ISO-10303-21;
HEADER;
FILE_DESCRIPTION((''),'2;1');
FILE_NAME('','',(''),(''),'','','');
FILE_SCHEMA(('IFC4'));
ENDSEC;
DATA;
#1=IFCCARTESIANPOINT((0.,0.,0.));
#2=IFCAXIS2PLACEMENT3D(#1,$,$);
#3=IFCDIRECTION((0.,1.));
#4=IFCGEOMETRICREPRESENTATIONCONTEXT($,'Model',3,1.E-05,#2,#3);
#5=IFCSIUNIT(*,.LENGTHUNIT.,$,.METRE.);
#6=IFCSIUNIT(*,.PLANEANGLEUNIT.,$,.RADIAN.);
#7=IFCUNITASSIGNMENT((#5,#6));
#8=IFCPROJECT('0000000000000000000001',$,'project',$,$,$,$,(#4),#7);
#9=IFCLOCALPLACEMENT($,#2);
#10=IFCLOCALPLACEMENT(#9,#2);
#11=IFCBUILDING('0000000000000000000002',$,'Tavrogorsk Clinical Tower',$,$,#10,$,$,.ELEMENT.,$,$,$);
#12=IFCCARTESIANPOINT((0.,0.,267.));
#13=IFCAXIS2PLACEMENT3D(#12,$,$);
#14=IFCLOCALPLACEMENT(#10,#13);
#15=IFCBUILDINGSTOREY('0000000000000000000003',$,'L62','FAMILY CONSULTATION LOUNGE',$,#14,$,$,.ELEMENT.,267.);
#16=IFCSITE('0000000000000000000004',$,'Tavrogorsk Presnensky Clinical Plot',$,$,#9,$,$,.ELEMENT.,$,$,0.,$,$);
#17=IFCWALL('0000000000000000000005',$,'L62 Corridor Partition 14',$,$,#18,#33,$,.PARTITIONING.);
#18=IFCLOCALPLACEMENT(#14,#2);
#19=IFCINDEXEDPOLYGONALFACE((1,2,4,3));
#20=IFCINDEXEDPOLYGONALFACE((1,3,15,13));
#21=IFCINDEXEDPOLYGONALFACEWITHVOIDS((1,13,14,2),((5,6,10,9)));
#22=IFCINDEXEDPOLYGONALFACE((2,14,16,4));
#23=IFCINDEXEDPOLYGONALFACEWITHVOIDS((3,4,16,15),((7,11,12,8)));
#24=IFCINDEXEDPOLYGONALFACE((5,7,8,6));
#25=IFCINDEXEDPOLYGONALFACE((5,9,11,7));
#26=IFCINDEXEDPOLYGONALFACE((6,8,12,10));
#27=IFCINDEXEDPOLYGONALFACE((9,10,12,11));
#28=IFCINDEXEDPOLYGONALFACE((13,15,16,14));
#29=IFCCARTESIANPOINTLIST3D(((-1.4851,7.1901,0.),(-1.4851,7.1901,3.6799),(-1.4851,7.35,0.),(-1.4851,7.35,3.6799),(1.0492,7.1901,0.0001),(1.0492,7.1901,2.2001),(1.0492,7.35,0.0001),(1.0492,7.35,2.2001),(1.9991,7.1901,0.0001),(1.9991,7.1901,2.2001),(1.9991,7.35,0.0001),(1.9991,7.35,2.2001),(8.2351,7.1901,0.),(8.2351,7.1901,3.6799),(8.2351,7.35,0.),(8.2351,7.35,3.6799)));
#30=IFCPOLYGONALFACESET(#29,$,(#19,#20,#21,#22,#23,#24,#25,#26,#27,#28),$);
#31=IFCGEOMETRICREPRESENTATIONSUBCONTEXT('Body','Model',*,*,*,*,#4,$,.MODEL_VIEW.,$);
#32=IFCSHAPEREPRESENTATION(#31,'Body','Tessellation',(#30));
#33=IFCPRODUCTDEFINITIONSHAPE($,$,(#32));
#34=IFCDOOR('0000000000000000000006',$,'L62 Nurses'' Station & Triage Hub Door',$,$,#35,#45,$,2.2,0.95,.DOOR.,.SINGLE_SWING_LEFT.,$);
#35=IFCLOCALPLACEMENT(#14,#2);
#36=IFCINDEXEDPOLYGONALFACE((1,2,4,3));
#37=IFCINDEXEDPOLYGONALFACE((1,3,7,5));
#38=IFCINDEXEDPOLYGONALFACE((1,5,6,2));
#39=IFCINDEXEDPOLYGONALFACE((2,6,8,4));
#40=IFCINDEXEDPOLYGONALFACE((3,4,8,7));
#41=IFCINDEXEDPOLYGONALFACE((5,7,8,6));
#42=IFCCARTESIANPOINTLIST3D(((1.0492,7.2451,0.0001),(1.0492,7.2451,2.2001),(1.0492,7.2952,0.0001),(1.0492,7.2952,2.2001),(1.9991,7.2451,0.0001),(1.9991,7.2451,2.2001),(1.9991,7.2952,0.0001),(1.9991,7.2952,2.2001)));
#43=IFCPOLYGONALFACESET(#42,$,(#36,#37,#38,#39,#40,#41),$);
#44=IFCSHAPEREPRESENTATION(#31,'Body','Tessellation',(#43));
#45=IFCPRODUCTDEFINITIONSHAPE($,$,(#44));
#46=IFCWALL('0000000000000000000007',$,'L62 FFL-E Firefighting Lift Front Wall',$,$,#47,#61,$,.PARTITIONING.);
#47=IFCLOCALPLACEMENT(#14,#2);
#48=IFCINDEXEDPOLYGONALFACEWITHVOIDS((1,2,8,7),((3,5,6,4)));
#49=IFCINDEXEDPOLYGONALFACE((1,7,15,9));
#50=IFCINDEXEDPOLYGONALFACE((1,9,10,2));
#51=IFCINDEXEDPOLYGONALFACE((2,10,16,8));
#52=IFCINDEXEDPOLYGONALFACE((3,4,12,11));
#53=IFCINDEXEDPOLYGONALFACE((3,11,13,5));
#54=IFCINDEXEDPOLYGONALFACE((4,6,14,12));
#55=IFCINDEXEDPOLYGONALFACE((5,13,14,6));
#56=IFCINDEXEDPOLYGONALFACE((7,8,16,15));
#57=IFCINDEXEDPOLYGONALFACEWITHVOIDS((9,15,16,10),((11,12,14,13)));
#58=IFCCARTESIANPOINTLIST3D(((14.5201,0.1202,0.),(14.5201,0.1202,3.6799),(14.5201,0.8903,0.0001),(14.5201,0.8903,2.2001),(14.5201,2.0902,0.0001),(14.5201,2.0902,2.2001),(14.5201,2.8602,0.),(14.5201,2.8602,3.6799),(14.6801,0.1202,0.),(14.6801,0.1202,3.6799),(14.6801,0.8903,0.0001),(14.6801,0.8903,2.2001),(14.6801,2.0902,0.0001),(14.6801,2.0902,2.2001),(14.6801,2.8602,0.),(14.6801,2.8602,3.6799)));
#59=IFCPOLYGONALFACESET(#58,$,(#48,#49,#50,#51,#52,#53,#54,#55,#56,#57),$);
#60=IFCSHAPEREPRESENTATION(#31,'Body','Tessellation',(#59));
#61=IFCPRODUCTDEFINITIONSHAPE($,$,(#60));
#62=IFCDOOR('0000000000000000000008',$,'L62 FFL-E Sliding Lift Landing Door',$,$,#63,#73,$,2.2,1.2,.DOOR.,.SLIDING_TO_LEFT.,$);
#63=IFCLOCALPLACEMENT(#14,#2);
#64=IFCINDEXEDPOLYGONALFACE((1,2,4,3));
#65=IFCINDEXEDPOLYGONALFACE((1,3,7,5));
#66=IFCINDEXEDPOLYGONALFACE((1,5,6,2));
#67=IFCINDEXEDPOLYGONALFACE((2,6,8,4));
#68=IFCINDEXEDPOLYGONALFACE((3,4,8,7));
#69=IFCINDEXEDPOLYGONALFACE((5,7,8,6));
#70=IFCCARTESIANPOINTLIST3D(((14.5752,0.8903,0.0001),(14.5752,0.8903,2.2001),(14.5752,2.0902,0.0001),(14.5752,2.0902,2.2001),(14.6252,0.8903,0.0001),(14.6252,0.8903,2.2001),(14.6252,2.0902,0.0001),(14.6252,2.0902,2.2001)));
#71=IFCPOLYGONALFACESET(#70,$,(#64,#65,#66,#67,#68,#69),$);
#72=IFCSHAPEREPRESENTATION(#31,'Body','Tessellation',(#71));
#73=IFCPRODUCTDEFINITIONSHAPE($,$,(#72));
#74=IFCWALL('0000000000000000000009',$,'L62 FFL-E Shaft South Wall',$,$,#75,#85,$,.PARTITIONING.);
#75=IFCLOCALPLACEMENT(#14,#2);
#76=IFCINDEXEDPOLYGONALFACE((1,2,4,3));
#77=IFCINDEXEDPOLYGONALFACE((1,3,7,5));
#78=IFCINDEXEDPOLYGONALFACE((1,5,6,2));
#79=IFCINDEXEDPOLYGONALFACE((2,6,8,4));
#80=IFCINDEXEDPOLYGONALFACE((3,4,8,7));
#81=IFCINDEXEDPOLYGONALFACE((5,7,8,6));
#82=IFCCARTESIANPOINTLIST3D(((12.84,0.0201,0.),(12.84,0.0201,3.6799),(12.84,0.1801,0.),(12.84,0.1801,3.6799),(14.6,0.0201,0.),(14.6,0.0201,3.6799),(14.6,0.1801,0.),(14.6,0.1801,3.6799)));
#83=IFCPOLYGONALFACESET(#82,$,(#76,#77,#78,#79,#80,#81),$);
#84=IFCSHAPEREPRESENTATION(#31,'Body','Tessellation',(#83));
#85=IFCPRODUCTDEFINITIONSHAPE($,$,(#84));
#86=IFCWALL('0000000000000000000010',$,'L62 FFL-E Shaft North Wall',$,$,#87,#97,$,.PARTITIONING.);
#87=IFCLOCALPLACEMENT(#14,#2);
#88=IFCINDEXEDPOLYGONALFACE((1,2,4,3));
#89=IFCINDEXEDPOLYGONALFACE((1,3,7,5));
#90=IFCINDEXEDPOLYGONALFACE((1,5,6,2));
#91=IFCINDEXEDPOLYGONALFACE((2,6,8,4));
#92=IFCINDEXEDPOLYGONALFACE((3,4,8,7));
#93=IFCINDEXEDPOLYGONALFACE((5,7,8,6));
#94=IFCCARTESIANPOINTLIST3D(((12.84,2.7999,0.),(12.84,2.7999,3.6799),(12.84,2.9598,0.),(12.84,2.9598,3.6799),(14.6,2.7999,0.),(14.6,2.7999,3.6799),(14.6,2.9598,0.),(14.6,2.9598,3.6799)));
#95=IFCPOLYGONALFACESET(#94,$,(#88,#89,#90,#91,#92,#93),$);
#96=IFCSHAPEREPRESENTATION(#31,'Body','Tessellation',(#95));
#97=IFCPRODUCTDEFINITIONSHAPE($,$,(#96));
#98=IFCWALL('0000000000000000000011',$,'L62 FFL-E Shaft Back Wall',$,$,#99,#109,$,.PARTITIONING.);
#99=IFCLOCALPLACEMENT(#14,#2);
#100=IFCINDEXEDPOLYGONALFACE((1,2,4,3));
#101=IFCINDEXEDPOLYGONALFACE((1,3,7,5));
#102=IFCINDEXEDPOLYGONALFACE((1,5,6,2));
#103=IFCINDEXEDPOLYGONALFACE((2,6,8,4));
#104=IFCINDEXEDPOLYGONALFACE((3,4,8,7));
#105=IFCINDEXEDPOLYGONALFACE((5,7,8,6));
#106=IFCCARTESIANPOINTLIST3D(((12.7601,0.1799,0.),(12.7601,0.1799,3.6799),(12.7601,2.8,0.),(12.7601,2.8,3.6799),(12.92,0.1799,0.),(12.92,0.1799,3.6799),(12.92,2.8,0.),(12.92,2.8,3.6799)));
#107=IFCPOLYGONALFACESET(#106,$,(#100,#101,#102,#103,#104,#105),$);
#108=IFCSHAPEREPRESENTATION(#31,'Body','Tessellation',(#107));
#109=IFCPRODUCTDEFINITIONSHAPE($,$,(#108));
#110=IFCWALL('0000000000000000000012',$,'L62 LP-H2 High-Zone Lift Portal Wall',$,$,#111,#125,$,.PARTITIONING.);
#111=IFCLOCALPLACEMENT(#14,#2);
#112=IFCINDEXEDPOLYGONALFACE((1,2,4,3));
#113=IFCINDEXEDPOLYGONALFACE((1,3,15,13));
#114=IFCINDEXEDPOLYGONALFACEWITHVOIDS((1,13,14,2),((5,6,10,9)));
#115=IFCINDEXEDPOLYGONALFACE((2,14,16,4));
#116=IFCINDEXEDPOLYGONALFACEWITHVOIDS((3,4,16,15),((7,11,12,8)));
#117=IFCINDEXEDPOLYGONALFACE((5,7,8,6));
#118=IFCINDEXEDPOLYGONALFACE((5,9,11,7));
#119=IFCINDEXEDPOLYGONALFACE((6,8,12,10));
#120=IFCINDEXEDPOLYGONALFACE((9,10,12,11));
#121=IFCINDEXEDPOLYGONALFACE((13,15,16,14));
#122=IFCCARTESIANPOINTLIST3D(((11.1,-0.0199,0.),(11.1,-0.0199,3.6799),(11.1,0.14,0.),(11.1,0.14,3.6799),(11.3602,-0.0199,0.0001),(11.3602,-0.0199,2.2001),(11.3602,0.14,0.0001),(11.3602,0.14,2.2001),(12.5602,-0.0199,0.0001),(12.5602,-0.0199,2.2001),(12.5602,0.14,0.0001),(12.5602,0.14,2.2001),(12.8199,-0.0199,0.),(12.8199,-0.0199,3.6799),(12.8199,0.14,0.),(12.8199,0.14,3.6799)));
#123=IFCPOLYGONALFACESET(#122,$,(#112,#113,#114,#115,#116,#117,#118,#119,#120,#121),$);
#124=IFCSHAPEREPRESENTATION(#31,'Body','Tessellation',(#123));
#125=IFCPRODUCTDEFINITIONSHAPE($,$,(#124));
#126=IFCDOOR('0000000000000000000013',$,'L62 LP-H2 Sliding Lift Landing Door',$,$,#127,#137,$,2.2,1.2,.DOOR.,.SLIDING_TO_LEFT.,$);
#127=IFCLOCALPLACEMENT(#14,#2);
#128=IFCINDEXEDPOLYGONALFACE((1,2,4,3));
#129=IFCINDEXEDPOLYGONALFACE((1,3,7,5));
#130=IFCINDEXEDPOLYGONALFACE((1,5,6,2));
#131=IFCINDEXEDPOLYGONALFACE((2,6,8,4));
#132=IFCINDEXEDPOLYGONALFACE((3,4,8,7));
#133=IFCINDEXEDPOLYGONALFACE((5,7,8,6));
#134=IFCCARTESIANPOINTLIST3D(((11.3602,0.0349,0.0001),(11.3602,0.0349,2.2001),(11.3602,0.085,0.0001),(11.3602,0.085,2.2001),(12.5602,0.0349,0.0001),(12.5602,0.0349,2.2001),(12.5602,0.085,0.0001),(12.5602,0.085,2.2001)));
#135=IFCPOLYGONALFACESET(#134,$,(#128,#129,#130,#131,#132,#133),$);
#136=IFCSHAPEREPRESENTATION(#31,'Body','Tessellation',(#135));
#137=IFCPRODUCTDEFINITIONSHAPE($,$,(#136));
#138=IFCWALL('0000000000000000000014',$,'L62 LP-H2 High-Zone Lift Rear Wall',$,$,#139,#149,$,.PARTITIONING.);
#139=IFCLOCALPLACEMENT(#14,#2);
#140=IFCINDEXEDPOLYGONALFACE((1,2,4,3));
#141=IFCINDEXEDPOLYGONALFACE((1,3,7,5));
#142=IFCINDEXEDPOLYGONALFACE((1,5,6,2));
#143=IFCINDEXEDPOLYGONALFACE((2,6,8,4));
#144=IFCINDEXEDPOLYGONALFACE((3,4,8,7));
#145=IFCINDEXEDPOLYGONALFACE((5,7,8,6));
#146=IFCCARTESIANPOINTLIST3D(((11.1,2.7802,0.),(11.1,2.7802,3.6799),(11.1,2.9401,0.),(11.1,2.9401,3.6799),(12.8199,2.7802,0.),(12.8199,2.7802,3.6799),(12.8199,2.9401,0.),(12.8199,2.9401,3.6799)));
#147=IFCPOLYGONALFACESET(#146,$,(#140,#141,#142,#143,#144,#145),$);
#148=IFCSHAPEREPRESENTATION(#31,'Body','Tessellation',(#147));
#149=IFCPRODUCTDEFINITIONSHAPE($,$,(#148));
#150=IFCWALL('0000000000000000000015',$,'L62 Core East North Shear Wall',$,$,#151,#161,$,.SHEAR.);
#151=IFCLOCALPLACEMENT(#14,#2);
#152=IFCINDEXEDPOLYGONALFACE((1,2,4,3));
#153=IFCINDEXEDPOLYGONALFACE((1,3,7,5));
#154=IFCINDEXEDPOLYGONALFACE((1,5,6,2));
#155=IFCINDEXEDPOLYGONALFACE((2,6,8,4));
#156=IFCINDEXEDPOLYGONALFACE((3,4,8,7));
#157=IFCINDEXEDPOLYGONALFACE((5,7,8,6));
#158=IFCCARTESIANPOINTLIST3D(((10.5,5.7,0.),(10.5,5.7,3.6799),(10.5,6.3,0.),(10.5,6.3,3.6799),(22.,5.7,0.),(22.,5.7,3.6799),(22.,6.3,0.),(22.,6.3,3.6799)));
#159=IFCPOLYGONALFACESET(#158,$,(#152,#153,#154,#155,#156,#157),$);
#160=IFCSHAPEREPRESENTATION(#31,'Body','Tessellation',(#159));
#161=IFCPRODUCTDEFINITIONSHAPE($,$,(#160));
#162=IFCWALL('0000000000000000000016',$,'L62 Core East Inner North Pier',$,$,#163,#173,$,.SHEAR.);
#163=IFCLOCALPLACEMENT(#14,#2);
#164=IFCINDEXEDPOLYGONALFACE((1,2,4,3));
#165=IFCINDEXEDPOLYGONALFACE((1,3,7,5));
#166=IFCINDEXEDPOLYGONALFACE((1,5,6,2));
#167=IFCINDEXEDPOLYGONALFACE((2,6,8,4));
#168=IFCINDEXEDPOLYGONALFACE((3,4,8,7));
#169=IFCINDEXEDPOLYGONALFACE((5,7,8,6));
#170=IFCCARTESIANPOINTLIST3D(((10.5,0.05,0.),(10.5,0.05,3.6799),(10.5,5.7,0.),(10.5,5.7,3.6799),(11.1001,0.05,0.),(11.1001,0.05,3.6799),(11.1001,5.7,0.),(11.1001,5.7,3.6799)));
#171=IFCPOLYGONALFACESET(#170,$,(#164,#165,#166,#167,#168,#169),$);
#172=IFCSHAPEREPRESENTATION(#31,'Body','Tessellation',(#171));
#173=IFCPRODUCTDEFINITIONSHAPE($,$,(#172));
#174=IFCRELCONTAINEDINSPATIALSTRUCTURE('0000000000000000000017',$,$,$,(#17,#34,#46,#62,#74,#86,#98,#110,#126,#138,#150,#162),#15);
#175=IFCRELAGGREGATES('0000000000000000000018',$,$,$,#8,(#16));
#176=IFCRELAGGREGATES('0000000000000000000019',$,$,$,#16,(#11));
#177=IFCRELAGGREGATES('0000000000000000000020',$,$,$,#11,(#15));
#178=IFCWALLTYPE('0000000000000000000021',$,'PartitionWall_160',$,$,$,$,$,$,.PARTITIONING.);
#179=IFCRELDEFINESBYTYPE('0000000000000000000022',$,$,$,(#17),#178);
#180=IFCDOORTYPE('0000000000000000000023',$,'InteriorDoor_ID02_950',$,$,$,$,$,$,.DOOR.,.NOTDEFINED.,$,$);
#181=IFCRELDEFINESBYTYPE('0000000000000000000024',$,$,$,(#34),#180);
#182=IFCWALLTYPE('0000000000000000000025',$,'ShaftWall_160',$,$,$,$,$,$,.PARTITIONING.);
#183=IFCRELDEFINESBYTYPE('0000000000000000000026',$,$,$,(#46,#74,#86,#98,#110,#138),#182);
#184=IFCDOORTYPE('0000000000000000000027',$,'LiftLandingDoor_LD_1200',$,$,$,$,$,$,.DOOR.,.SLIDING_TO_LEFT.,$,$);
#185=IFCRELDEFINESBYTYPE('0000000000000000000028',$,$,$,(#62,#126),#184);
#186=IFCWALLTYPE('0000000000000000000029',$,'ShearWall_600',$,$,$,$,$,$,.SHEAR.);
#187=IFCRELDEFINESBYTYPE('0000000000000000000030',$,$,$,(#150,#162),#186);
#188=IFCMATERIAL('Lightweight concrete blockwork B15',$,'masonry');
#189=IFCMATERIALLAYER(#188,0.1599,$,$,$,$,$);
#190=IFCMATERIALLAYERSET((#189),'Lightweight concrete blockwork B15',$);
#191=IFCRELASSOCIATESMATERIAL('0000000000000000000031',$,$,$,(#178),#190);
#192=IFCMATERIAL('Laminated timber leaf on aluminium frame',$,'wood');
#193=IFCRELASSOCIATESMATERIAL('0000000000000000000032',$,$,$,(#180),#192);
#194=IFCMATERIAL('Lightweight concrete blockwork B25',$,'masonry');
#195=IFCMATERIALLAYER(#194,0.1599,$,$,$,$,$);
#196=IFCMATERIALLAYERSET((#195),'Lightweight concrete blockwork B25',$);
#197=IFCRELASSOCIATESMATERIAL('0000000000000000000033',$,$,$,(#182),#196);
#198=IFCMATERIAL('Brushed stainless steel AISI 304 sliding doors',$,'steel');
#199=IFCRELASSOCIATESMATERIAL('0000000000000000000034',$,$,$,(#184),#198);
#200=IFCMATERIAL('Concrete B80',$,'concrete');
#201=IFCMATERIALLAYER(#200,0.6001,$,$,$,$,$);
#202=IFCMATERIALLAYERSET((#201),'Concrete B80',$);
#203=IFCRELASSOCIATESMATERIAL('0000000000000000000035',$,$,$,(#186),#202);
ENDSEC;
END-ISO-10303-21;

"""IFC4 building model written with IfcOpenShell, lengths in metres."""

from ifc_helpers import new_model, si_unit, direction, frame, frame_2d, origin, place, context, subcontext, project, spatial, rectangle, extrude, material, layer, layer_set, type_object, element, fill, save


model = new_model("IFC4")

# Units and contexts
model_context = context("Model", 3, precision=1e-05, world=origin(), true_north=direction((0.0, 1.0)))
body_context = subcontext(model_context, "Body", "Model", "MODEL_VIEW")
ifc_project = project(units=[si_unit("LENGTHUNIT", "METRE"), si_unit("PLANEANGLEUNIT", "RADIAN")], contexts=[model_context])

# Site, building, storey
site_placement = place(None, origin())
site = spatial("IfcSite", under=ifc_project, at=site_placement, Name="Tavrogorsk Presnensky Clinical Plot", CompositionType="ELEMENT", RefElevation=0.0)
building_placement = place(site_placement, origin())
building = spatial("IfcBuilding", under=site, at=building_placement, Name="Tavrogorsk Clinical Tower", CompositionType="ELEMENT")
storey_placement = place(building_placement, frame((0.0, 0.0, 267.0)))
storey = spatial("IfcBuildingStorey", under=building, at=storey_placement, Name="L62", Description="FAMILY CONSULTATION LOUNGE", CompositionType="ELEMENT", Elevation=267.0)

# Shared definitions
ifc_material_1 = material(Name="Lightweight concrete blockwork B15", Category="masonry")
ifc_layer_1 = layer(ifc_material_1, 0.1599)
ifc_layer_set_1 = layer_set([ifc_layer_1], Name="Lightweight concrete blockwork B15")
wall_type_1 = type_object("IfcWallType", Name="PartitionWall_160", PredefinedType="PARTITIONING", material=ifc_layer_set_1)
ifc_material_2 = material(Name="Laminated timber leaf on aluminium frame", Category="wood")
door_type_1 = type_object("IfcDoorType", Name="InteriorDoor_ID02_950", OperationType="NOTDEFINED", PredefinedType="DOOR", material=ifc_material_2)

# Walls, openings, doors
wall_1_placement = place(storey_placement, frame((8.2351, 7.27, 0.0), z_axis=(0.0, 0.0, 1.0), x_axis=(-1.0, 0.0, 0.0)))
wall_1 = element("IfcWall", 1, at=wall_1_placement, inside=storey, type_object=wall_type_1, Name="L62 Corridor Partition 14", PredefinedType="PARTITIONING", context=body_context, shape_type="SweptSolid", body=[
    extrude(rectangle(XDim=9.7202, YDim=0.1599, at=frame_2d((4.8601, 0.0))), origin(), (0.0, 0.0, 1.0), 3.6799),
])
opening_1_placement = place(wall_1_placement, frame((6.2358, 0.0, 0.0)))
opening_1 = element("IfcOpeningElement", 2, at=opening_1_placement, cuts=wall_1, PredefinedType="OPENING", context=body_context, shape_type="SweptSolid", body=[
    extrude(rectangle(XDim=0.95, YDim=2.2, at=frame_2d((0.4751, 1.1001))), frame((0.0, 0.0898, 0.0), z_axis=(0.0, -1.0, 0.0), x_axis=(1.0, 0.0, 0.0)), (0.0, 0.0, 1.0), 0.1799),
])
door_1_placement = place(opening_1_placement, origin())
door_1 = element("IfcDoor", 3, at=door_1_placement, inside=storey, type_object=door_type_1, Name="L62 Nurses' Station & Triage Hub Door", OperationType="SINGLE_SWING_LEFT", OverallHeight=2.2, OverallWidth=0.95, PredefinedType="DOOR", context=body_context, shape_type="SweptSolid", body=[
    extrude(rectangle(XDim=0.95, YDim=2.2, at=frame_2d((0.4751, 1.1001))), frame((0.0, 0.0249, 0.0), z_axis=(0.0, -1.0, 0.0), x_axis=(1.0, 0.0, 0.0)), (0.0, 0.0, 1.0), 0.05),
])
fill(opening_1, door_1)
ifc_material_3 = material(Name="Lightweight concrete blockwork B25", Category="masonry")
ifc_layer_2 = layer(ifc_material_3, 0.1599)
ifc_layer_set_2 = layer_set([ifc_layer_2], Name="Lightweight concrete blockwork B25")
wall_type_2 = type_object("IfcWallType", Name="ShaftWall_160", PredefinedType="PARTITIONING", material=ifc_layer_set_2)
wall_2_placement = place(storey_placement, frame((14.6001, 0.1201, 0.0), z_axis=(0.0, 0.0, 1.0), x_axis=(0.0, 1.0, 0.0)))
wall_2 = element("IfcWall", 4, at=wall_2_placement, inside=storey, type_object=wall_type_2, Name="L62 FFL-E Firefighting Lift Front Wall", PredefinedType="PARTITIONING", context=body_context, shape_type="SweptSolid", body=[
    extrude(rectangle(XDim=2.74, YDim=0.1599, at=frame_2d((1.3701, 0.0))), origin(), (0.0, 0.0, 1.0), 3.6799),
])
opening_2_placement = place(wall_2_placement, frame((0.77, 0.0, 0.0)))
opening_2 = element("IfcOpeningElement", 5, at=opening_2_placement, cuts=wall_2, PredefinedType="OPENING", context=body_context, shape_type="SweptSolid", body=[
    extrude(rectangle(XDim=1.2, YDim=2.2, at=frame_2d((0.6001, 1.1001))), frame((0.0, 0.0898, 0.0), z_axis=(0.0, -1.0, 0.0), x_axis=(1.0, 0.0, 0.0)), (0.0, 0.0, 1.0), 0.1799),
])
ifc_material_4 = material(Name="Brushed stainless steel AISI 304 sliding doors", Category="steel")
door_type_2 = type_object("IfcDoorType", Name="LiftLandingDoor_LD_1200", OperationType="SLIDING_TO_LEFT", PredefinedType="DOOR", material=ifc_material_4)
door_2_placement = place(opening_2_placement, origin())
door_2 = element("IfcDoor", 6, at=door_2_placement, inside=storey, type_object=door_type_2, Name="L62 FFL-E Sliding Lift Landing Door", OperationType="SLIDING_TO_LEFT", OverallHeight=2.2, OverallWidth=1.2, PredefinedType="DOOR", context=body_context, shape_type="SweptSolid", body=[
    extrude(rectangle(XDim=1.2, YDim=2.2, at=frame_2d((0.6001, 1.1001))), frame((0.0, 0.0249, 0.0), z_axis=(0.0, -1.0, 0.0), x_axis=(1.0, 0.0, 0.0)), (0.0, 0.0, 1.0), 0.05),
])
fill(opening_2, door_2)

# Walls
for number, where, z_axis, x_axis, name in (
    (7, (12.8401, 0.1001, 0.0), (0.0, 0.0, 1.0), (1.0, 0.0, 0.0), "L62 FFL-E Shaft South Wall"),
    (8, (12.8401, 2.8799, 0.0), (0.0, 0.0, 1.0), (1.0, 0.0, 0.0), "L62 FFL-E Shaft North Wall"),
):
    element("IfcWall", number, at=place(storey_placement, frame(where, z_axis=z_axis, x_axis=x_axis)), inside=storey, type_object=wall_type_2, Name=name, PredefinedType="PARTITIONING", context=body_context, shape_type="SweptSolid", body=[
        extrude(rectangle(XDim=1.76, YDim=0.1599, at=frame_2d((0.8799, 0.0))), origin(), (0.0, 0.0, 1.0), 3.6799),
    ])
wall_3_placement = place(storey_placement, frame((12.8401, 0.1799, 0.0), z_axis=(0.0, 0.0, 1.0), x_axis=(0.0, 1.0, 0.0)))
element("IfcWall", 9, at=wall_3_placement, inside=storey, type_object=wall_type_2, Name="L62 FFL-E Shaft Back Wall", PredefinedType="PARTITIONING", context=body_context, shape_type="SweptSolid", body=[
    extrude(rectangle(XDim=2.6201, YDim=0.1599, at=frame_2d((1.3101, 0.0))), origin(), (0.0, 0.0, 1.0), 3.6799),
])

# Wall, opening, door
wall_4_placement = place(storey_placement, frame((11.1001, 0.0601, 0.0), z_axis=(0.0, 0.0, 1.0), x_axis=(1.0, 0.0, 0.0)))
wall_4 = element("IfcWall", 10, at=wall_4_placement, inside=storey, type_object=wall_type_2, Name="L62 LP-H2 High-Zone Lift Portal Wall", PredefinedType="PARTITIONING", context=body_context, shape_type="SweptSolid", body=[
    extrude(rectangle(XDim=1.72, YDim=0.1599, at=frame_2d((0.8599, 0.0))), origin(), (0.0, 0.0, 1.0), 3.6799),
])
opening_3_placement = place(wall_4_placement, frame((0.26, 0.0, 0.0)))
opening_3 = element("IfcOpeningElement", 11, at=opening_3_placement, cuts=wall_4, PredefinedType="OPENING", context=body_context, shape_type="SweptSolid", body=[
    extrude(rectangle(XDim=1.2, YDim=2.2, at=frame_2d((0.6001, 1.1001))), frame((0.0, 0.0898, 0.0), z_axis=(0.0, -1.0, 0.0), x_axis=(1.0, 0.0, 0.0)), (0.0, 0.0, 1.0), 0.1799),
])
door_3_placement = place(opening_3_placement, origin())
door_3 = element("IfcDoor", 12, at=door_3_placement, inside=storey, type_object=door_type_2, Name="L62 LP-H2 Sliding Lift Landing Door", OperationType="SLIDING_TO_LEFT", OverallHeight=2.2, OverallWidth=1.2, PredefinedType="DOOR", context=body_context, shape_type="SweptSolid", body=[
    extrude(rectangle(XDim=1.2, YDim=2.2, at=frame_2d((0.6001, 1.1001))), frame((0.0, 0.0249, 0.0), z_axis=(0.0, -1.0, 0.0), x_axis=(1.0, 0.0, 0.0)), (0.0, 0.0, 1.0), 0.05),
])
fill(opening_3, door_3)

# Walls
wall_5_placement = place(storey_placement, frame((11.1001, 2.8601, 0.0), z_axis=(0.0, 0.0, 1.0), x_axis=(1.0, 0.0, 0.0)))
element("IfcWall", 13, at=wall_5_placement, inside=storey, type_object=wall_type_2, Name="L62 LP-H2 High-Zone Lift Rear Wall", PredefinedType="PARTITIONING", context=body_context, shape_type="SweptSolid", body=[
    extrude(rectangle(XDim=1.72, YDim=0.1599, at=frame_2d((0.8599, 0.0))), origin(), (0.0, 0.0, 1.0), 3.6799),
])
ifc_material_5 = material(Name="Concrete B80", Category="concrete")
ifc_layer_3 = layer(ifc_material_5, 0.6001)
ifc_layer_set_3 = layer_set([ifc_layer_3], Name="Concrete B80")
wall_type_3 = type_object("IfcWallType", Name="ShearWall_600", PredefinedType="SHEAR", material=ifc_layer_set_3)
wall_6_placement = place(storey_placement, frame((10.5, 6.0, 0.0), z_axis=(0.0, 0.0, 1.0), x_axis=(1.0, 0.0, 0.0)))
element("IfcWall", 14, at=wall_6_placement, inside=storey, type_object=wall_type_3, Name="L62 Core East North Shear Wall", PredefinedType="SHEAR", context=body_context, shape_type="SweptSolid", body=[
    extrude(rectangle(XDim=11.5, YDim=0.6001, at=frame_2d((5.75, 0.0))), origin(), (0.0, 0.0, 1.0), 3.6799),
])
wall_7_placement = place(storey_placement, frame((10.8, 0.05, 0.0), z_axis=(0.0, 0.0, 1.0), x_axis=(0.0, 1.0, 0.0)))
element("IfcWall", 15, at=wall_7_placement, inside=storey, type_object=wall_type_3, Name="L62 Core East Inner North Pier", PredefinedType="SHEAR", context=body_context, shape_type="SweptSolid", body=[
    extrude(rectangle(XDim=5.6499, YDim=0.6001, at=frame_2d((2.825, 0.0))), origin(), (0.0, 0.0, 1.0), 3.6799),
])

save(model, "model.ifc")
